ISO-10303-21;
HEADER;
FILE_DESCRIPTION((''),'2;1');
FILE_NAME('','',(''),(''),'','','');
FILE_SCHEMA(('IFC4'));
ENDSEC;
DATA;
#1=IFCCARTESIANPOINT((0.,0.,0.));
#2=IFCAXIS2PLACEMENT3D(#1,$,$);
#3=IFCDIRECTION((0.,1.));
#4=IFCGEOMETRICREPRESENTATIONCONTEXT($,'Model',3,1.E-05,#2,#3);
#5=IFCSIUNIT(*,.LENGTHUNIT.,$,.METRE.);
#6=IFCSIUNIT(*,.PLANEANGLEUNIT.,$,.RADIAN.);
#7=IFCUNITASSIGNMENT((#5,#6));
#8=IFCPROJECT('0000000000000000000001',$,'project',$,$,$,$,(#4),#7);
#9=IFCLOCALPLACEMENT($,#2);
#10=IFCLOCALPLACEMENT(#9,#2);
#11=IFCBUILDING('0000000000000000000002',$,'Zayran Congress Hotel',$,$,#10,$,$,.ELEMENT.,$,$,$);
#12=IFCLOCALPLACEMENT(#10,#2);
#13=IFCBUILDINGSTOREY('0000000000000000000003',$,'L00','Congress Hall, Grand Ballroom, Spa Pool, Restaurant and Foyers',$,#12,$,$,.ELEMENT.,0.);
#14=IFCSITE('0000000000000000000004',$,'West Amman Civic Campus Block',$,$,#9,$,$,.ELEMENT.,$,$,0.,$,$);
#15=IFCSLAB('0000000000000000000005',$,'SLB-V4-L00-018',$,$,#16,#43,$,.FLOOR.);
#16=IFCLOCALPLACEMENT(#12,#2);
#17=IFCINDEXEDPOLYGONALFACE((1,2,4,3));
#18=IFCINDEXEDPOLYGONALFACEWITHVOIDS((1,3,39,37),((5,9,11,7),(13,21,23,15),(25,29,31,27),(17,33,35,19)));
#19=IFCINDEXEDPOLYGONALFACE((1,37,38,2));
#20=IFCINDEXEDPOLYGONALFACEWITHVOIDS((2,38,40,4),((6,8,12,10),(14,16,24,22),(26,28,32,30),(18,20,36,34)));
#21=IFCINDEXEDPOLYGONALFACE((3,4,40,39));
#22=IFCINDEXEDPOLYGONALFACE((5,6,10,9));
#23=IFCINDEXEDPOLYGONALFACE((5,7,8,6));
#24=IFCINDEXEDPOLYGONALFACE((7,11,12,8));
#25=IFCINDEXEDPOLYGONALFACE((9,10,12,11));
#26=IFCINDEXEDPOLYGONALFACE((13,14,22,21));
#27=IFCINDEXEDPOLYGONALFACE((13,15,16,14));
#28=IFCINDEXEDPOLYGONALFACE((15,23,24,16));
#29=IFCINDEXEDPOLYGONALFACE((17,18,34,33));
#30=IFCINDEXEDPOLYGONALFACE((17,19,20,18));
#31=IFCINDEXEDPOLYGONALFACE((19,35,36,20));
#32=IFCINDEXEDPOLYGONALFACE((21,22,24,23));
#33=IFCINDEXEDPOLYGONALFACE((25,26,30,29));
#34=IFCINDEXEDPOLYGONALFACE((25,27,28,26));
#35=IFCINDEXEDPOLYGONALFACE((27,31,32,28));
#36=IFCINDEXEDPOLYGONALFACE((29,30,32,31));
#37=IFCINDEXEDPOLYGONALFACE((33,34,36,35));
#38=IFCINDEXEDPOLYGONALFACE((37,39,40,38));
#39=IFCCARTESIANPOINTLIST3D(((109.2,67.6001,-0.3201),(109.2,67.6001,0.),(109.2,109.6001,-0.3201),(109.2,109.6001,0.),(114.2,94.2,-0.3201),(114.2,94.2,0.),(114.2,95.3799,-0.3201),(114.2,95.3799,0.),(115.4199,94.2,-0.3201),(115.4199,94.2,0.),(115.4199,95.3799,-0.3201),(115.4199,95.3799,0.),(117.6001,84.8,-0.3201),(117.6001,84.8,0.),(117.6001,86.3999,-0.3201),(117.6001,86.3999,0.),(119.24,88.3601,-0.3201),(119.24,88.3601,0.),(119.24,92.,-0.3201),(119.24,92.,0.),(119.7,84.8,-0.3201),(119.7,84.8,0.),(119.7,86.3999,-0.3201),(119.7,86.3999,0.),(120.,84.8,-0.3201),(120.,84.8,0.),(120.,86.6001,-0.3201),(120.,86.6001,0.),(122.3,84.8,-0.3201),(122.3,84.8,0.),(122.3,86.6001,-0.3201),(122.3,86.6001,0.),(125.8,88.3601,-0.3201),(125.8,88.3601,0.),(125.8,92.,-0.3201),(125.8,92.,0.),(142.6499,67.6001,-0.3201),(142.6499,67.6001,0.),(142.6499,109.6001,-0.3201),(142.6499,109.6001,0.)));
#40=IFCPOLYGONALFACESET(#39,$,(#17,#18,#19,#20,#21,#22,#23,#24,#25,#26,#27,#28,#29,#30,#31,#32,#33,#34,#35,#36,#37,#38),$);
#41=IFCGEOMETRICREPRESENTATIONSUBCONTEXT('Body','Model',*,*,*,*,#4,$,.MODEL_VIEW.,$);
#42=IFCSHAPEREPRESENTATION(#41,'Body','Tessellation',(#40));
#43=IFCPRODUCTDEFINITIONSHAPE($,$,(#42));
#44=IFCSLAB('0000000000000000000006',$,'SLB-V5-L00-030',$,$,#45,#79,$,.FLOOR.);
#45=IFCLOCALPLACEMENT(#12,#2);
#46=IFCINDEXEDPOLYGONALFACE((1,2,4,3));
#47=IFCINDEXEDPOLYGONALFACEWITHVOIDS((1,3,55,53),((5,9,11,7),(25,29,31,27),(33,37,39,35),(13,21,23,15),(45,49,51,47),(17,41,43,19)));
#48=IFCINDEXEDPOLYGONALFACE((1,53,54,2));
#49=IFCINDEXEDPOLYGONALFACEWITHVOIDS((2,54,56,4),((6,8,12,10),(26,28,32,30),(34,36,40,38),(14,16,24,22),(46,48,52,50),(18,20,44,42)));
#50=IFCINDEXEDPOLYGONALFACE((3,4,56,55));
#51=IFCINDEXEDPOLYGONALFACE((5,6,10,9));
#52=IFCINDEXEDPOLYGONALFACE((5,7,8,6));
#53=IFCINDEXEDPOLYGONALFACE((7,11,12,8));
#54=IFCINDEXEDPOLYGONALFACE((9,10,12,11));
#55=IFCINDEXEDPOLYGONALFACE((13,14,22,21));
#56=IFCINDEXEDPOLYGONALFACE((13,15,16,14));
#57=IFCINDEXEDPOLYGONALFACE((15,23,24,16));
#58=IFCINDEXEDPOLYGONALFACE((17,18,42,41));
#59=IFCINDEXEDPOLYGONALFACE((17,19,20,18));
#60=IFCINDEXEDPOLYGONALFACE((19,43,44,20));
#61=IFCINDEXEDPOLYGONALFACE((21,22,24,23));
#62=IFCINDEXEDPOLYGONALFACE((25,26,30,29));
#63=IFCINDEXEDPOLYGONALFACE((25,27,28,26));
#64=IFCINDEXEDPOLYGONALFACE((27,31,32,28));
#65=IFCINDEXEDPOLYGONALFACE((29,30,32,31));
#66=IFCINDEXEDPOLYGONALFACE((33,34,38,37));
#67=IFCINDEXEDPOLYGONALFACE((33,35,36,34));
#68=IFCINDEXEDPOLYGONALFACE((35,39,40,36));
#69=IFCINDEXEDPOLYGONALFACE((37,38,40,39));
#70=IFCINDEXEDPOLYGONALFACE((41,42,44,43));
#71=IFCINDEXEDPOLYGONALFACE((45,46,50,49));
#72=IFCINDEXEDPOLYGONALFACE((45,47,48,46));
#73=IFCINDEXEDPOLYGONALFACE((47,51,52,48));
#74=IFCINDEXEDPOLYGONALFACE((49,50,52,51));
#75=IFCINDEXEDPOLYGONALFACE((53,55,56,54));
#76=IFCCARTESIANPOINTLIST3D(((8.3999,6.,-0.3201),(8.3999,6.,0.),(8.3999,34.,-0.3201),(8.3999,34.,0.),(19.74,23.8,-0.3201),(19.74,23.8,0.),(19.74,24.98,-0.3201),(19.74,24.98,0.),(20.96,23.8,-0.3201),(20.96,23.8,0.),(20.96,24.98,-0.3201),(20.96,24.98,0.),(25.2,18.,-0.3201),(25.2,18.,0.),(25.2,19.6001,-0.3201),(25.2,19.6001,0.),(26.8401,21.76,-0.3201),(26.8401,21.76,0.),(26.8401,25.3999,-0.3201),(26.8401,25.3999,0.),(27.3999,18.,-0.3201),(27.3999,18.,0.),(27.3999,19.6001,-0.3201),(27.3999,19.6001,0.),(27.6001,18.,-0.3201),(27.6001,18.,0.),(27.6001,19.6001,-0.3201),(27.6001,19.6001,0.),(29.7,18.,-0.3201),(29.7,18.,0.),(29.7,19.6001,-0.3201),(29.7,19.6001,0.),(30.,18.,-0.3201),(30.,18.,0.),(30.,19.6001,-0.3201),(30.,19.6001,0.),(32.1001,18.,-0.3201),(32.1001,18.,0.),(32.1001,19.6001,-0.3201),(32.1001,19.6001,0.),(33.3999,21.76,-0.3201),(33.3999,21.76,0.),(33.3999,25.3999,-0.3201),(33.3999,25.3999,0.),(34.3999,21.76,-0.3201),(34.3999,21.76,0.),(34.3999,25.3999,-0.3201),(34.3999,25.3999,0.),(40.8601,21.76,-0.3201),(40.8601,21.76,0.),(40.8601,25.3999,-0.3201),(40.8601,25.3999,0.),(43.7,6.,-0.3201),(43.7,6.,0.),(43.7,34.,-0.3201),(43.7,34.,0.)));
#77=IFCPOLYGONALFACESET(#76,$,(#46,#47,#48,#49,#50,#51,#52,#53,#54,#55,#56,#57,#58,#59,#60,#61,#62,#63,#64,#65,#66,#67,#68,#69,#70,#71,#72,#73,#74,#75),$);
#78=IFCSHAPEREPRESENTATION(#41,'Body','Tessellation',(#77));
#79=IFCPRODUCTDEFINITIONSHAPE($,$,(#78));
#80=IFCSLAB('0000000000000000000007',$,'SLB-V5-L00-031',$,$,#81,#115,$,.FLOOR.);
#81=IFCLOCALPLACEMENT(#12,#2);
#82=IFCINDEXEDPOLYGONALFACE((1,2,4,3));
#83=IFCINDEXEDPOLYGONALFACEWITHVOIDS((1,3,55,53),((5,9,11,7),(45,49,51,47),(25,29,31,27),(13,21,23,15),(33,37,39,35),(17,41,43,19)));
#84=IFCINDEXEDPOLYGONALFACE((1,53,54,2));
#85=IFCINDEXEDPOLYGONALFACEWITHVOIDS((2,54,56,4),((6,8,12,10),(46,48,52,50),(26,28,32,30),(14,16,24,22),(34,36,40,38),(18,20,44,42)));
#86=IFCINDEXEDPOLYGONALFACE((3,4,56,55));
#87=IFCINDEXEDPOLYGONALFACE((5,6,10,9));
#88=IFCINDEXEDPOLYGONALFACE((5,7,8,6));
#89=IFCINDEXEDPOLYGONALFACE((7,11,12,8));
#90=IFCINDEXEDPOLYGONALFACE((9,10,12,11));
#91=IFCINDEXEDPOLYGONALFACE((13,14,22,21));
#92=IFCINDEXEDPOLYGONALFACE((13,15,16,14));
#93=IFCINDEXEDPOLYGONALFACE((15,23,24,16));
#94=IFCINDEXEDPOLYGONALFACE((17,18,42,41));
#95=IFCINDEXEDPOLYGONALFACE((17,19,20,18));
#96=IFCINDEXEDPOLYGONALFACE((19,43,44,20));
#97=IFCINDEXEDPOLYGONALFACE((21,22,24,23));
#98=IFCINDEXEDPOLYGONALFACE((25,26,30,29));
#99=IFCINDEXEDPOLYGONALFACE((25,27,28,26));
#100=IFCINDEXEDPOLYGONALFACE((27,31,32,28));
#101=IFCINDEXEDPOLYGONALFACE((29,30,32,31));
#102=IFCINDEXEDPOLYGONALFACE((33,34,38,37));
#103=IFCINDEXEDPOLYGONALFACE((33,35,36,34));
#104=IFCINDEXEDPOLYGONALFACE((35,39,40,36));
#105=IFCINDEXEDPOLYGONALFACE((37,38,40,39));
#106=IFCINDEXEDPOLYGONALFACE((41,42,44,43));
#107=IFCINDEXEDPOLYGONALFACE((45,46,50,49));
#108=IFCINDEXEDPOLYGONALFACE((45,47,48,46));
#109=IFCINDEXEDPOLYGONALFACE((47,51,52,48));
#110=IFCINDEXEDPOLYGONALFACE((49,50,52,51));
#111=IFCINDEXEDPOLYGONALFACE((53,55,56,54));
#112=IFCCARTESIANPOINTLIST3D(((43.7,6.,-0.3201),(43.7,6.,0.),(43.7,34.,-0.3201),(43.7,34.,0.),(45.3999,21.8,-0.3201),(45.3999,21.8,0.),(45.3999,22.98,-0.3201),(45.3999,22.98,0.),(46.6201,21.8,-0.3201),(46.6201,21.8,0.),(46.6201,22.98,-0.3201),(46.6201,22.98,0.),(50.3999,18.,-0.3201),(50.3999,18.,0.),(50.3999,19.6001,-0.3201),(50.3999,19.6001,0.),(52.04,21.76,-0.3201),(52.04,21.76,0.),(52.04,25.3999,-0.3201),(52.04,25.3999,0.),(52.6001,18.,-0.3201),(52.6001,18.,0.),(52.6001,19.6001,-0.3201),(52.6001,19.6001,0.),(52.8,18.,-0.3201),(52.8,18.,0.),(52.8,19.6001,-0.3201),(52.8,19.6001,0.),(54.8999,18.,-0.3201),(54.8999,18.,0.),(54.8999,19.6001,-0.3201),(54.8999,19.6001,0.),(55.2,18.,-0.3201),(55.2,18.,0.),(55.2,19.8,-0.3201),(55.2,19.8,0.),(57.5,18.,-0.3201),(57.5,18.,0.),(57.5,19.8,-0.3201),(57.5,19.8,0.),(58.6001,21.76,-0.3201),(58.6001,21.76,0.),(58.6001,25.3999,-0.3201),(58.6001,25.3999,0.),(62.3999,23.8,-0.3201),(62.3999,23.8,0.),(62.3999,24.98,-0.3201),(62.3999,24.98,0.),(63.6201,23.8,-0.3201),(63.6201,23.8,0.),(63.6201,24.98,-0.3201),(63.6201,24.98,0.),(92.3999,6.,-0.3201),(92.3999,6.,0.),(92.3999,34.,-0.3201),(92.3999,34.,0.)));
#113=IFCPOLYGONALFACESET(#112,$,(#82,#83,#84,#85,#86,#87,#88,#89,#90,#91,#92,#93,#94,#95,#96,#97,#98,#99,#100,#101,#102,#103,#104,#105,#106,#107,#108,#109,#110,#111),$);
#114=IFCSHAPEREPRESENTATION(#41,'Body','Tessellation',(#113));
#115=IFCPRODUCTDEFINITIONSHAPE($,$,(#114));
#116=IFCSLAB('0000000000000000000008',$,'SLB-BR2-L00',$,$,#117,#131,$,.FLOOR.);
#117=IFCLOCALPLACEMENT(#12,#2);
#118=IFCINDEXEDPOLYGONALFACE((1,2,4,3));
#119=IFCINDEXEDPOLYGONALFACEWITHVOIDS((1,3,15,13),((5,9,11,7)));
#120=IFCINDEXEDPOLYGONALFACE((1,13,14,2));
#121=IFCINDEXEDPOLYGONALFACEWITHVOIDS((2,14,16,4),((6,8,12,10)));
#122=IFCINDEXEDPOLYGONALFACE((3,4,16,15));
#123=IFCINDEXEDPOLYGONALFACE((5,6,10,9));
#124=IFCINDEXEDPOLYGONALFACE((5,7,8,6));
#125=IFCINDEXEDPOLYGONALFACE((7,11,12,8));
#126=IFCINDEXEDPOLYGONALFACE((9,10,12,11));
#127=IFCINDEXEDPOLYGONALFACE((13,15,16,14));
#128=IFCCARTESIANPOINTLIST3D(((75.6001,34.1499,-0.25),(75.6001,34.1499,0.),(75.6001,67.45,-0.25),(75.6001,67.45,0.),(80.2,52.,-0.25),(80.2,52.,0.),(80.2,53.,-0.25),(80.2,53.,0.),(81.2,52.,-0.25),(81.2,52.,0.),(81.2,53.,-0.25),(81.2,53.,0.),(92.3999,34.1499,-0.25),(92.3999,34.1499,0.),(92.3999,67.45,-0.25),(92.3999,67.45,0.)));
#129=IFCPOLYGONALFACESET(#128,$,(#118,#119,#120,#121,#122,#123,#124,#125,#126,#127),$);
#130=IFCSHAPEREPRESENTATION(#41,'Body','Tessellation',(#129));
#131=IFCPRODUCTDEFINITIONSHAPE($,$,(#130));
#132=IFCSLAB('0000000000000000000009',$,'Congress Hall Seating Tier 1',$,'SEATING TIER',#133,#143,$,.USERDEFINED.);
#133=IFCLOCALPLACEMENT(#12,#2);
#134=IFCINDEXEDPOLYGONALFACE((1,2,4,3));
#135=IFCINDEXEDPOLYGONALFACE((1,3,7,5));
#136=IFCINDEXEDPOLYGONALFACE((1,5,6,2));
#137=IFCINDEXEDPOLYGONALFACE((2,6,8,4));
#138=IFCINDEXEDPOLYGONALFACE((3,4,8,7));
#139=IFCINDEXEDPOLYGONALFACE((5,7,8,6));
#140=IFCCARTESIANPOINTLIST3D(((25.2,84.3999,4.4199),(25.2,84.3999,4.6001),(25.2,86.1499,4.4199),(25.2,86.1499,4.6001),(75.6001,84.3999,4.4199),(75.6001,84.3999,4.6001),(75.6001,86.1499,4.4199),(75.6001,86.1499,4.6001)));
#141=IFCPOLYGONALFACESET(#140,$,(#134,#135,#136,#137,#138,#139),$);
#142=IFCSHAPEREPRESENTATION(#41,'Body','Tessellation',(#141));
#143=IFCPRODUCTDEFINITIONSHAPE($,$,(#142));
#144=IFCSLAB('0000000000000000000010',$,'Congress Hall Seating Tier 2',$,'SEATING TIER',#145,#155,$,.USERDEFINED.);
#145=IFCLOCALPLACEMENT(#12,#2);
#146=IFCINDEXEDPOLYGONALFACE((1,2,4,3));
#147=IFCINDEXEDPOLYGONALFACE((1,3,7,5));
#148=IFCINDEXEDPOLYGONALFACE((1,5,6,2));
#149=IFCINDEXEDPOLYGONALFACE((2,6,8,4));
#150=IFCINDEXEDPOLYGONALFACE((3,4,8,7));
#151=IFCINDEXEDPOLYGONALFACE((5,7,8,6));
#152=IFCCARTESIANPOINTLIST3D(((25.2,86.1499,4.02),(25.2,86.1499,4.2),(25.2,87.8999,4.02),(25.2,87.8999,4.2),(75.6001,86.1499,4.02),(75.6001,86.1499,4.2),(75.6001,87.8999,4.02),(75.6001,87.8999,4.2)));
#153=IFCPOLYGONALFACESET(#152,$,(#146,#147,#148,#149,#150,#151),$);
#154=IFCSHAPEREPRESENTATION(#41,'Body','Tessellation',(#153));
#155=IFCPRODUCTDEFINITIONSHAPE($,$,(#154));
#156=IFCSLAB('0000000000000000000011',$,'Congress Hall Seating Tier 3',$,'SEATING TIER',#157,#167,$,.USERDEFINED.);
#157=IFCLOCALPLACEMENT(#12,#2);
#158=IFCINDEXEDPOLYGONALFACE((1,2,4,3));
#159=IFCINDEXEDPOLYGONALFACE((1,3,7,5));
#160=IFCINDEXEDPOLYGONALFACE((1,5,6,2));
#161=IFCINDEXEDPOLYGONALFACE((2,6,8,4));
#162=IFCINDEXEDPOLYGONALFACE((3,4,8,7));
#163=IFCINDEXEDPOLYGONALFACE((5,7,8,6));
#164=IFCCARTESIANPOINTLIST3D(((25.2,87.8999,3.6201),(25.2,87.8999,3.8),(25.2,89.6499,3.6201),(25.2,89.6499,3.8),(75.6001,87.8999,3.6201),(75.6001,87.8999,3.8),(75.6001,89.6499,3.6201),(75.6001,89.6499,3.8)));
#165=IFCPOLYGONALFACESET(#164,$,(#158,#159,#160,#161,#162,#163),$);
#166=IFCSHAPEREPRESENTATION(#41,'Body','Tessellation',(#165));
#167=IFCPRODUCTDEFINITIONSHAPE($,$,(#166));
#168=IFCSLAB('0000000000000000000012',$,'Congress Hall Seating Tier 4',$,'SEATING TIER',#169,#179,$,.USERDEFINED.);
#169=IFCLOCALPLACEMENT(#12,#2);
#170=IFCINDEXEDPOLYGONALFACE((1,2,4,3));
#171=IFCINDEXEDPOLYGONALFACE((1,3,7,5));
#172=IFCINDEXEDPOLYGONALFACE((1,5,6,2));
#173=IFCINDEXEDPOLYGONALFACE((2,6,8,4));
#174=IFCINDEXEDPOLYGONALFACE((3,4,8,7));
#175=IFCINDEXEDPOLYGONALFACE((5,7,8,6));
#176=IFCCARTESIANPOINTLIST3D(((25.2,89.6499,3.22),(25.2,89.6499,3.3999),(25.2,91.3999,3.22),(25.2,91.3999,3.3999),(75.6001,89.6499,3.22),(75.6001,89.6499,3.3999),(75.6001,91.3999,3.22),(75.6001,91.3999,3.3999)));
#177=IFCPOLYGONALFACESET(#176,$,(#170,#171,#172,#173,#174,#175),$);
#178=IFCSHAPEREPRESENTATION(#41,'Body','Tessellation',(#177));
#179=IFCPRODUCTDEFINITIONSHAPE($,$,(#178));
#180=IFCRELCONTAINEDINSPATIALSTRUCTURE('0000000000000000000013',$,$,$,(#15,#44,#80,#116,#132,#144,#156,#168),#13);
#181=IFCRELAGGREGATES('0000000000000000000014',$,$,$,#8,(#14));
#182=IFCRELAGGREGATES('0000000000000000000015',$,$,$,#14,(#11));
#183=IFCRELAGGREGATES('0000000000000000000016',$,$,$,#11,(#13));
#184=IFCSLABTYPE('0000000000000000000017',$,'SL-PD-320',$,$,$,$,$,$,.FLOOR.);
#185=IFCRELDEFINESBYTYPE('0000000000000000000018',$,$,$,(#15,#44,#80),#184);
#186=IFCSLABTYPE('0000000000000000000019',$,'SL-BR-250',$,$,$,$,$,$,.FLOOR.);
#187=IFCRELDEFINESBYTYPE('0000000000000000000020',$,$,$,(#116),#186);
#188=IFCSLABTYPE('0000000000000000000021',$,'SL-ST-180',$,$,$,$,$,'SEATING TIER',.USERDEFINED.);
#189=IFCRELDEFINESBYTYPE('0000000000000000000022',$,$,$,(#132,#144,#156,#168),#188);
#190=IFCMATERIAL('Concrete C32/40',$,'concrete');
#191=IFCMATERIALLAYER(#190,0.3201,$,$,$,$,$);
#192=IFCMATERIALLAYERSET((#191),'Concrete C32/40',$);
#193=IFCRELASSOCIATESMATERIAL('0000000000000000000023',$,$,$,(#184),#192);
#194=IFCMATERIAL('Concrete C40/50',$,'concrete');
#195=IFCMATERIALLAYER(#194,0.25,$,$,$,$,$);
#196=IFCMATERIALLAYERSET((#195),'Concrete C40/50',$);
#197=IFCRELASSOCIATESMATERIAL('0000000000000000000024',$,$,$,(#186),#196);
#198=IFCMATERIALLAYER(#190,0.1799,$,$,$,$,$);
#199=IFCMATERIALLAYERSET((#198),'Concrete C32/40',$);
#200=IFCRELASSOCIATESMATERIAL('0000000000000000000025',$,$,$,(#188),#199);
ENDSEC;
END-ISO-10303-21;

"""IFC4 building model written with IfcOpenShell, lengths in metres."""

from ifc_helpers import new_model, si_unit, direction, frame, origin, place, context, subcontext, project, spatial, polyline, outline, extrude, material, layer, layer_set, type_object, element, save


model = new_model("IFC4")

# Units and contexts
model_context = context("Model", 3, precision=1e-05, world=origin(), true_north=direction((0.0, 1.0)))
body_context = subcontext(model_context, "Body", "Model", "MODEL_VIEW")
ifc_project = project(units=[si_unit("LENGTHUNIT", "METRE"), si_unit("PLANEANGLEUNIT", "RADIAN")], contexts=[model_context])

# Site, building, storey
site_placement = place(None, origin())
site = spatial("IfcSite", under=ifc_project, at=site_placement, Name="West Amman Civic Campus Block", CompositionType="ELEMENT", RefElevation=0.0)
building_placement = place(site_placement, origin())
building = spatial("IfcBuilding", under=site, at=building_placement, Name="Zayran Congress Hotel", CompositionType="ELEMENT")
storey_placement = place(building_placement, origin())
storey = spatial("IfcBuildingStorey", under=building, at=storey_placement, Name="L00", Description="Congress Hall, Grand Ballroom, Spa Pool, Restaurant and Foyers", CompositionType="ELEMENT", Elevation=0.0)

# Slabs
ifc_material_1 = material(Name="Concrete C32/40", Category="concrete")
ifc_layer_1 = layer(ifc_material_1, 0.3201)
ifc_layer_set_1 = layer_set([ifc_layer_1], Name="Concrete C32/40")
slab_type_1 = type_object("IfcSlabType", Name="SL-PD-320", PredefinedType="FLOOR", material=ifc_layer_set_1)
slab_1_placement = place(storey_placement, frame((0.0, 0.0, -0.3201)))
element("IfcSlab", 1, at=slab_1_placement, inside=storey, type_object=slab_type_1, Name="SLB-V4-L00-018", PredefinedType="FLOOR", context=body_context, shape_type="SweptSolid", body=[
    extrude(outline(polyline([(109.2, 67.6001), (142.6499, 67.6001), (142.6499, 109.6001), (109.2, 109.6001), (109.2, 67.6001)]), holes=[polyline([(119.24, 88.3601), (125.8, 88.3601), (125.8, 92.0), (119.24, 92.0), (119.24, 88.3601)]), polyline([(117.6001, 84.8), (119.7, 84.8), (119.7, 86.3999), (117.6001, 86.3999), (117.6001, 84.8)]), polyline([(120.0, 84.8), (122.3, 84.8), (122.3, 86.6001), (120.0, 86.6001), (120.0, 84.8)]), polyline([(114.2, 94.2), (115.4199, 94.2), (115.4199, 95.3799), (114.2, 95.3799), (114.2, 94.2)])]), origin(), (0.0, 0.0, 1.0), 0.3201),
])
slab_2_placement = place(storey_placement, frame((0.0, 0.0, -0.3201)))
element("IfcSlab", 2, at=slab_2_placement, inside=storey, type_object=slab_type_1, Name="SLB-V5-L00-030", PredefinedType="FLOOR", context=body_context, shape_type="SweptSolid", body=[
    extrude(outline(polyline([(8.3999, 6.0), (43.7, 6.0), (43.7, 34.0), (8.3999, 34.0), (8.3999, 6.0)]), holes=[polyline([(26.8401, 21.76), (33.3999, 21.76), (33.3999, 25.3999), (26.8401, 25.3999), (26.8401, 21.76)]), polyline([(25.2, 18.0), (27.3999, 18.0), (27.3999, 19.6001), (25.2, 19.6001), (25.2, 18.0)]), polyline([(27.6001, 18.0), (29.7, 18.0), (29.7, 19.6001), (27.6001, 19.6001), (27.6001, 18.0)]), polyline([(30.0, 18.0), (32.1001, 18.0), (32.1001, 19.6001), (30.0, 19.6001), (30.0, 18.0)]), polyline([(34.3999, 21.76), (40.8601, 21.76), (40.8601, 25.3999), (34.3999, 25.3999), (34.3999, 21.76)]), polyline([(19.74, 23.8), (20.96, 23.8), (20.96, 24.98), (19.74, 24.98), (19.74, 23.8)])]), origin(), (0.0, 0.0, 1.0), 0.3201),
])
slab_3_placement = place(storey_placement, frame((0.0, 0.0, -0.3201)))
element("IfcSlab", 3, at=slab_3_placement, inside=storey, type_object=slab_type_1, Name="SLB-V5-L00-031", PredefinedType="FLOOR", context=body_context, shape_type="SweptSolid", body=[
    extrude(outline(polyline([(43.7, 6.0), (92.3999, 6.0), (92.3999, 34.0), (43.7, 34.0), (43.7, 6.0)]), holes=[polyline([(52.04, 21.76), (58.6001, 21.76), (58.6001, 25.3999), (52.04, 25.3999), (52.04, 21.76)]), polyline([(50.3999, 18.0), (52.6001, 18.0), (52.6001, 19.6001), (50.3999, 19.6001), (50.3999, 18.0)]), polyline([(52.8, 18.0), (54.8999, 18.0), (54.8999, 19.6001), (52.8, 19.6001), (52.8, 18.0)]), polyline([(55.2, 18.0), (57.5, 18.0), (57.5, 19.8), (55.2, 19.8), (55.2, 18.0)]), polyline([(45.3999, 21.8), (46.6201, 21.8), (46.6201, 22.98), (45.3999, 22.98), (45.3999, 21.8)]), polyline([(62.3999, 23.8), (63.6201, 23.8), (63.6201, 24.98), (62.3999, 24.98), (62.3999, 23.8)])]), origin(), (0.0, 0.0, 1.0), 0.3201),
])
ifc_material_2 = material(Name="Concrete C40/50", Category="concrete")
ifc_layer_2 = layer(ifc_material_2, 0.25)
ifc_layer_set_2 = layer_set([ifc_layer_2], Name="Concrete C40/50")
slab_type_2 = type_object("IfcSlabType", Name="SL-BR-250", PredefinedType="FLOOR", material=ifc_layer_set_2)
slab_4_placement = place(storey_placement, frame((0.0, 0.0, -0.25)))
element("IfcSlab", 4, at=slab_4_placement, inside=storey, type_object=slab_type_2, Name="SLB-BR2-L00", PredefinedType="FLOOR", context=body_context, shape_type="SweptSolid", body=[
    extrude(outline(polyline([(75.6001, 34.1499), (92.3999, 34.1499), (92.3999, 67.45), (75.6001, 67.45), (75.6001, 34.1499)]), holes=[polyline([(80.2, 52.0), (81.2, 52.0), (81.2, 53.0), (80.2, 53.0), (80.2, 52.0)])]), origin(), (0.0, 0.0, 1.0), 0.25),
])
ifc_layer_3 = layer(ifc_material_1, 0.1799)
ifc_layer_set_3 = layer_set([ifc_layer_3], Name="Concrete C32/40")
slab_type_3 = type_object("IfcSlabType", Name="SL-ST-180", ElementType="SEATING TIER", PredefinedType="USERDEFINED", material=ifc_layer_set_3)
slab_5_placement = place(storey_placement, frame((0.0, 0.0, 4.4199)))
element("IfcSlab", 5, at=slab_5_placement, inside=storey, type_object=slab_type_3, Name="Congress Hall Seating Tier 1", ObjectType="SEATING TIER", PredefinedType="USERDEFINED", context=body_context, shape_type="SweptSolid", body=[
    extrude(outline(polyline([(25.2, 84.3999), (75.6001, 84.3999), (75.6001, 86.1499), (25.2, 86.1499), (25.2, 84.3999)])), origin(), (0.0, 0.0, 1.0), 0.1802),
])
slab_6_placement = place(storey_placement, frame((0.0, 0.0, 4.02)))
element("IfcSlab", 6, at=slab_6_placement, inside=storey, type_object=slab_type_3, Name="Congress Hall Seating Tier 2", ObjectType="SEATING TIER", PredefinedType="USERDEFINED", context=body_context, shape_type="SweptSolid", body=[
    extrude(outline(polyline([(25.2, 86.1499), (75.6001, 86.1499), (75.6001, 87.8999), (25.2, 87.8999), (25.2, 86.1499)])), origin(), (0.0, 0.0, 1.0), 0.1799),
])
slab_7_placement = place(storey_placement, frame((0.0, 0.0, 3.6201)))
element("IfcSlab", 7, at=slab_7_placement, inside=storey, type_object=slab_type_3, Name="Congress Hall Seating Tier 3", ObjectType="SEATING TIER", PredefinedType="USERDEFINED", context=body_context, shape_type="SweptSolid", body=[
    extrude(outline(polyline([(25.2, 87.8999), (75.6001, 87.8999), (75.6001, 89.6499), (25.2, 89.6499), (25.2, 87.8999)])), origin(), (0.0, 0.0, 1.0), 0.1799),
])
slab_8_placement = place(storey_placement, frame((0.0, 0.0, 3.22)))
element("IfcSlab", 8, at=slab_8_placement, inside=storey, type_object=slab_type_3, Name="Congress Hall Seating Tier 4", ObjectType="SEATING TIER", PredefinedType="USERDEFINED", context=body_context, shape_type="SweptSolid", body=[
    extrude(outline(polyline([(25.2, 89.6499), (75.6001, 89.6499), (75.6001, 91.3999), (25.2, 91.3999), (25.2, 89.6499)])), origin(), (0.0, 0.0, 1.0), 0.1799),
])

save(model, "model.ifc")
